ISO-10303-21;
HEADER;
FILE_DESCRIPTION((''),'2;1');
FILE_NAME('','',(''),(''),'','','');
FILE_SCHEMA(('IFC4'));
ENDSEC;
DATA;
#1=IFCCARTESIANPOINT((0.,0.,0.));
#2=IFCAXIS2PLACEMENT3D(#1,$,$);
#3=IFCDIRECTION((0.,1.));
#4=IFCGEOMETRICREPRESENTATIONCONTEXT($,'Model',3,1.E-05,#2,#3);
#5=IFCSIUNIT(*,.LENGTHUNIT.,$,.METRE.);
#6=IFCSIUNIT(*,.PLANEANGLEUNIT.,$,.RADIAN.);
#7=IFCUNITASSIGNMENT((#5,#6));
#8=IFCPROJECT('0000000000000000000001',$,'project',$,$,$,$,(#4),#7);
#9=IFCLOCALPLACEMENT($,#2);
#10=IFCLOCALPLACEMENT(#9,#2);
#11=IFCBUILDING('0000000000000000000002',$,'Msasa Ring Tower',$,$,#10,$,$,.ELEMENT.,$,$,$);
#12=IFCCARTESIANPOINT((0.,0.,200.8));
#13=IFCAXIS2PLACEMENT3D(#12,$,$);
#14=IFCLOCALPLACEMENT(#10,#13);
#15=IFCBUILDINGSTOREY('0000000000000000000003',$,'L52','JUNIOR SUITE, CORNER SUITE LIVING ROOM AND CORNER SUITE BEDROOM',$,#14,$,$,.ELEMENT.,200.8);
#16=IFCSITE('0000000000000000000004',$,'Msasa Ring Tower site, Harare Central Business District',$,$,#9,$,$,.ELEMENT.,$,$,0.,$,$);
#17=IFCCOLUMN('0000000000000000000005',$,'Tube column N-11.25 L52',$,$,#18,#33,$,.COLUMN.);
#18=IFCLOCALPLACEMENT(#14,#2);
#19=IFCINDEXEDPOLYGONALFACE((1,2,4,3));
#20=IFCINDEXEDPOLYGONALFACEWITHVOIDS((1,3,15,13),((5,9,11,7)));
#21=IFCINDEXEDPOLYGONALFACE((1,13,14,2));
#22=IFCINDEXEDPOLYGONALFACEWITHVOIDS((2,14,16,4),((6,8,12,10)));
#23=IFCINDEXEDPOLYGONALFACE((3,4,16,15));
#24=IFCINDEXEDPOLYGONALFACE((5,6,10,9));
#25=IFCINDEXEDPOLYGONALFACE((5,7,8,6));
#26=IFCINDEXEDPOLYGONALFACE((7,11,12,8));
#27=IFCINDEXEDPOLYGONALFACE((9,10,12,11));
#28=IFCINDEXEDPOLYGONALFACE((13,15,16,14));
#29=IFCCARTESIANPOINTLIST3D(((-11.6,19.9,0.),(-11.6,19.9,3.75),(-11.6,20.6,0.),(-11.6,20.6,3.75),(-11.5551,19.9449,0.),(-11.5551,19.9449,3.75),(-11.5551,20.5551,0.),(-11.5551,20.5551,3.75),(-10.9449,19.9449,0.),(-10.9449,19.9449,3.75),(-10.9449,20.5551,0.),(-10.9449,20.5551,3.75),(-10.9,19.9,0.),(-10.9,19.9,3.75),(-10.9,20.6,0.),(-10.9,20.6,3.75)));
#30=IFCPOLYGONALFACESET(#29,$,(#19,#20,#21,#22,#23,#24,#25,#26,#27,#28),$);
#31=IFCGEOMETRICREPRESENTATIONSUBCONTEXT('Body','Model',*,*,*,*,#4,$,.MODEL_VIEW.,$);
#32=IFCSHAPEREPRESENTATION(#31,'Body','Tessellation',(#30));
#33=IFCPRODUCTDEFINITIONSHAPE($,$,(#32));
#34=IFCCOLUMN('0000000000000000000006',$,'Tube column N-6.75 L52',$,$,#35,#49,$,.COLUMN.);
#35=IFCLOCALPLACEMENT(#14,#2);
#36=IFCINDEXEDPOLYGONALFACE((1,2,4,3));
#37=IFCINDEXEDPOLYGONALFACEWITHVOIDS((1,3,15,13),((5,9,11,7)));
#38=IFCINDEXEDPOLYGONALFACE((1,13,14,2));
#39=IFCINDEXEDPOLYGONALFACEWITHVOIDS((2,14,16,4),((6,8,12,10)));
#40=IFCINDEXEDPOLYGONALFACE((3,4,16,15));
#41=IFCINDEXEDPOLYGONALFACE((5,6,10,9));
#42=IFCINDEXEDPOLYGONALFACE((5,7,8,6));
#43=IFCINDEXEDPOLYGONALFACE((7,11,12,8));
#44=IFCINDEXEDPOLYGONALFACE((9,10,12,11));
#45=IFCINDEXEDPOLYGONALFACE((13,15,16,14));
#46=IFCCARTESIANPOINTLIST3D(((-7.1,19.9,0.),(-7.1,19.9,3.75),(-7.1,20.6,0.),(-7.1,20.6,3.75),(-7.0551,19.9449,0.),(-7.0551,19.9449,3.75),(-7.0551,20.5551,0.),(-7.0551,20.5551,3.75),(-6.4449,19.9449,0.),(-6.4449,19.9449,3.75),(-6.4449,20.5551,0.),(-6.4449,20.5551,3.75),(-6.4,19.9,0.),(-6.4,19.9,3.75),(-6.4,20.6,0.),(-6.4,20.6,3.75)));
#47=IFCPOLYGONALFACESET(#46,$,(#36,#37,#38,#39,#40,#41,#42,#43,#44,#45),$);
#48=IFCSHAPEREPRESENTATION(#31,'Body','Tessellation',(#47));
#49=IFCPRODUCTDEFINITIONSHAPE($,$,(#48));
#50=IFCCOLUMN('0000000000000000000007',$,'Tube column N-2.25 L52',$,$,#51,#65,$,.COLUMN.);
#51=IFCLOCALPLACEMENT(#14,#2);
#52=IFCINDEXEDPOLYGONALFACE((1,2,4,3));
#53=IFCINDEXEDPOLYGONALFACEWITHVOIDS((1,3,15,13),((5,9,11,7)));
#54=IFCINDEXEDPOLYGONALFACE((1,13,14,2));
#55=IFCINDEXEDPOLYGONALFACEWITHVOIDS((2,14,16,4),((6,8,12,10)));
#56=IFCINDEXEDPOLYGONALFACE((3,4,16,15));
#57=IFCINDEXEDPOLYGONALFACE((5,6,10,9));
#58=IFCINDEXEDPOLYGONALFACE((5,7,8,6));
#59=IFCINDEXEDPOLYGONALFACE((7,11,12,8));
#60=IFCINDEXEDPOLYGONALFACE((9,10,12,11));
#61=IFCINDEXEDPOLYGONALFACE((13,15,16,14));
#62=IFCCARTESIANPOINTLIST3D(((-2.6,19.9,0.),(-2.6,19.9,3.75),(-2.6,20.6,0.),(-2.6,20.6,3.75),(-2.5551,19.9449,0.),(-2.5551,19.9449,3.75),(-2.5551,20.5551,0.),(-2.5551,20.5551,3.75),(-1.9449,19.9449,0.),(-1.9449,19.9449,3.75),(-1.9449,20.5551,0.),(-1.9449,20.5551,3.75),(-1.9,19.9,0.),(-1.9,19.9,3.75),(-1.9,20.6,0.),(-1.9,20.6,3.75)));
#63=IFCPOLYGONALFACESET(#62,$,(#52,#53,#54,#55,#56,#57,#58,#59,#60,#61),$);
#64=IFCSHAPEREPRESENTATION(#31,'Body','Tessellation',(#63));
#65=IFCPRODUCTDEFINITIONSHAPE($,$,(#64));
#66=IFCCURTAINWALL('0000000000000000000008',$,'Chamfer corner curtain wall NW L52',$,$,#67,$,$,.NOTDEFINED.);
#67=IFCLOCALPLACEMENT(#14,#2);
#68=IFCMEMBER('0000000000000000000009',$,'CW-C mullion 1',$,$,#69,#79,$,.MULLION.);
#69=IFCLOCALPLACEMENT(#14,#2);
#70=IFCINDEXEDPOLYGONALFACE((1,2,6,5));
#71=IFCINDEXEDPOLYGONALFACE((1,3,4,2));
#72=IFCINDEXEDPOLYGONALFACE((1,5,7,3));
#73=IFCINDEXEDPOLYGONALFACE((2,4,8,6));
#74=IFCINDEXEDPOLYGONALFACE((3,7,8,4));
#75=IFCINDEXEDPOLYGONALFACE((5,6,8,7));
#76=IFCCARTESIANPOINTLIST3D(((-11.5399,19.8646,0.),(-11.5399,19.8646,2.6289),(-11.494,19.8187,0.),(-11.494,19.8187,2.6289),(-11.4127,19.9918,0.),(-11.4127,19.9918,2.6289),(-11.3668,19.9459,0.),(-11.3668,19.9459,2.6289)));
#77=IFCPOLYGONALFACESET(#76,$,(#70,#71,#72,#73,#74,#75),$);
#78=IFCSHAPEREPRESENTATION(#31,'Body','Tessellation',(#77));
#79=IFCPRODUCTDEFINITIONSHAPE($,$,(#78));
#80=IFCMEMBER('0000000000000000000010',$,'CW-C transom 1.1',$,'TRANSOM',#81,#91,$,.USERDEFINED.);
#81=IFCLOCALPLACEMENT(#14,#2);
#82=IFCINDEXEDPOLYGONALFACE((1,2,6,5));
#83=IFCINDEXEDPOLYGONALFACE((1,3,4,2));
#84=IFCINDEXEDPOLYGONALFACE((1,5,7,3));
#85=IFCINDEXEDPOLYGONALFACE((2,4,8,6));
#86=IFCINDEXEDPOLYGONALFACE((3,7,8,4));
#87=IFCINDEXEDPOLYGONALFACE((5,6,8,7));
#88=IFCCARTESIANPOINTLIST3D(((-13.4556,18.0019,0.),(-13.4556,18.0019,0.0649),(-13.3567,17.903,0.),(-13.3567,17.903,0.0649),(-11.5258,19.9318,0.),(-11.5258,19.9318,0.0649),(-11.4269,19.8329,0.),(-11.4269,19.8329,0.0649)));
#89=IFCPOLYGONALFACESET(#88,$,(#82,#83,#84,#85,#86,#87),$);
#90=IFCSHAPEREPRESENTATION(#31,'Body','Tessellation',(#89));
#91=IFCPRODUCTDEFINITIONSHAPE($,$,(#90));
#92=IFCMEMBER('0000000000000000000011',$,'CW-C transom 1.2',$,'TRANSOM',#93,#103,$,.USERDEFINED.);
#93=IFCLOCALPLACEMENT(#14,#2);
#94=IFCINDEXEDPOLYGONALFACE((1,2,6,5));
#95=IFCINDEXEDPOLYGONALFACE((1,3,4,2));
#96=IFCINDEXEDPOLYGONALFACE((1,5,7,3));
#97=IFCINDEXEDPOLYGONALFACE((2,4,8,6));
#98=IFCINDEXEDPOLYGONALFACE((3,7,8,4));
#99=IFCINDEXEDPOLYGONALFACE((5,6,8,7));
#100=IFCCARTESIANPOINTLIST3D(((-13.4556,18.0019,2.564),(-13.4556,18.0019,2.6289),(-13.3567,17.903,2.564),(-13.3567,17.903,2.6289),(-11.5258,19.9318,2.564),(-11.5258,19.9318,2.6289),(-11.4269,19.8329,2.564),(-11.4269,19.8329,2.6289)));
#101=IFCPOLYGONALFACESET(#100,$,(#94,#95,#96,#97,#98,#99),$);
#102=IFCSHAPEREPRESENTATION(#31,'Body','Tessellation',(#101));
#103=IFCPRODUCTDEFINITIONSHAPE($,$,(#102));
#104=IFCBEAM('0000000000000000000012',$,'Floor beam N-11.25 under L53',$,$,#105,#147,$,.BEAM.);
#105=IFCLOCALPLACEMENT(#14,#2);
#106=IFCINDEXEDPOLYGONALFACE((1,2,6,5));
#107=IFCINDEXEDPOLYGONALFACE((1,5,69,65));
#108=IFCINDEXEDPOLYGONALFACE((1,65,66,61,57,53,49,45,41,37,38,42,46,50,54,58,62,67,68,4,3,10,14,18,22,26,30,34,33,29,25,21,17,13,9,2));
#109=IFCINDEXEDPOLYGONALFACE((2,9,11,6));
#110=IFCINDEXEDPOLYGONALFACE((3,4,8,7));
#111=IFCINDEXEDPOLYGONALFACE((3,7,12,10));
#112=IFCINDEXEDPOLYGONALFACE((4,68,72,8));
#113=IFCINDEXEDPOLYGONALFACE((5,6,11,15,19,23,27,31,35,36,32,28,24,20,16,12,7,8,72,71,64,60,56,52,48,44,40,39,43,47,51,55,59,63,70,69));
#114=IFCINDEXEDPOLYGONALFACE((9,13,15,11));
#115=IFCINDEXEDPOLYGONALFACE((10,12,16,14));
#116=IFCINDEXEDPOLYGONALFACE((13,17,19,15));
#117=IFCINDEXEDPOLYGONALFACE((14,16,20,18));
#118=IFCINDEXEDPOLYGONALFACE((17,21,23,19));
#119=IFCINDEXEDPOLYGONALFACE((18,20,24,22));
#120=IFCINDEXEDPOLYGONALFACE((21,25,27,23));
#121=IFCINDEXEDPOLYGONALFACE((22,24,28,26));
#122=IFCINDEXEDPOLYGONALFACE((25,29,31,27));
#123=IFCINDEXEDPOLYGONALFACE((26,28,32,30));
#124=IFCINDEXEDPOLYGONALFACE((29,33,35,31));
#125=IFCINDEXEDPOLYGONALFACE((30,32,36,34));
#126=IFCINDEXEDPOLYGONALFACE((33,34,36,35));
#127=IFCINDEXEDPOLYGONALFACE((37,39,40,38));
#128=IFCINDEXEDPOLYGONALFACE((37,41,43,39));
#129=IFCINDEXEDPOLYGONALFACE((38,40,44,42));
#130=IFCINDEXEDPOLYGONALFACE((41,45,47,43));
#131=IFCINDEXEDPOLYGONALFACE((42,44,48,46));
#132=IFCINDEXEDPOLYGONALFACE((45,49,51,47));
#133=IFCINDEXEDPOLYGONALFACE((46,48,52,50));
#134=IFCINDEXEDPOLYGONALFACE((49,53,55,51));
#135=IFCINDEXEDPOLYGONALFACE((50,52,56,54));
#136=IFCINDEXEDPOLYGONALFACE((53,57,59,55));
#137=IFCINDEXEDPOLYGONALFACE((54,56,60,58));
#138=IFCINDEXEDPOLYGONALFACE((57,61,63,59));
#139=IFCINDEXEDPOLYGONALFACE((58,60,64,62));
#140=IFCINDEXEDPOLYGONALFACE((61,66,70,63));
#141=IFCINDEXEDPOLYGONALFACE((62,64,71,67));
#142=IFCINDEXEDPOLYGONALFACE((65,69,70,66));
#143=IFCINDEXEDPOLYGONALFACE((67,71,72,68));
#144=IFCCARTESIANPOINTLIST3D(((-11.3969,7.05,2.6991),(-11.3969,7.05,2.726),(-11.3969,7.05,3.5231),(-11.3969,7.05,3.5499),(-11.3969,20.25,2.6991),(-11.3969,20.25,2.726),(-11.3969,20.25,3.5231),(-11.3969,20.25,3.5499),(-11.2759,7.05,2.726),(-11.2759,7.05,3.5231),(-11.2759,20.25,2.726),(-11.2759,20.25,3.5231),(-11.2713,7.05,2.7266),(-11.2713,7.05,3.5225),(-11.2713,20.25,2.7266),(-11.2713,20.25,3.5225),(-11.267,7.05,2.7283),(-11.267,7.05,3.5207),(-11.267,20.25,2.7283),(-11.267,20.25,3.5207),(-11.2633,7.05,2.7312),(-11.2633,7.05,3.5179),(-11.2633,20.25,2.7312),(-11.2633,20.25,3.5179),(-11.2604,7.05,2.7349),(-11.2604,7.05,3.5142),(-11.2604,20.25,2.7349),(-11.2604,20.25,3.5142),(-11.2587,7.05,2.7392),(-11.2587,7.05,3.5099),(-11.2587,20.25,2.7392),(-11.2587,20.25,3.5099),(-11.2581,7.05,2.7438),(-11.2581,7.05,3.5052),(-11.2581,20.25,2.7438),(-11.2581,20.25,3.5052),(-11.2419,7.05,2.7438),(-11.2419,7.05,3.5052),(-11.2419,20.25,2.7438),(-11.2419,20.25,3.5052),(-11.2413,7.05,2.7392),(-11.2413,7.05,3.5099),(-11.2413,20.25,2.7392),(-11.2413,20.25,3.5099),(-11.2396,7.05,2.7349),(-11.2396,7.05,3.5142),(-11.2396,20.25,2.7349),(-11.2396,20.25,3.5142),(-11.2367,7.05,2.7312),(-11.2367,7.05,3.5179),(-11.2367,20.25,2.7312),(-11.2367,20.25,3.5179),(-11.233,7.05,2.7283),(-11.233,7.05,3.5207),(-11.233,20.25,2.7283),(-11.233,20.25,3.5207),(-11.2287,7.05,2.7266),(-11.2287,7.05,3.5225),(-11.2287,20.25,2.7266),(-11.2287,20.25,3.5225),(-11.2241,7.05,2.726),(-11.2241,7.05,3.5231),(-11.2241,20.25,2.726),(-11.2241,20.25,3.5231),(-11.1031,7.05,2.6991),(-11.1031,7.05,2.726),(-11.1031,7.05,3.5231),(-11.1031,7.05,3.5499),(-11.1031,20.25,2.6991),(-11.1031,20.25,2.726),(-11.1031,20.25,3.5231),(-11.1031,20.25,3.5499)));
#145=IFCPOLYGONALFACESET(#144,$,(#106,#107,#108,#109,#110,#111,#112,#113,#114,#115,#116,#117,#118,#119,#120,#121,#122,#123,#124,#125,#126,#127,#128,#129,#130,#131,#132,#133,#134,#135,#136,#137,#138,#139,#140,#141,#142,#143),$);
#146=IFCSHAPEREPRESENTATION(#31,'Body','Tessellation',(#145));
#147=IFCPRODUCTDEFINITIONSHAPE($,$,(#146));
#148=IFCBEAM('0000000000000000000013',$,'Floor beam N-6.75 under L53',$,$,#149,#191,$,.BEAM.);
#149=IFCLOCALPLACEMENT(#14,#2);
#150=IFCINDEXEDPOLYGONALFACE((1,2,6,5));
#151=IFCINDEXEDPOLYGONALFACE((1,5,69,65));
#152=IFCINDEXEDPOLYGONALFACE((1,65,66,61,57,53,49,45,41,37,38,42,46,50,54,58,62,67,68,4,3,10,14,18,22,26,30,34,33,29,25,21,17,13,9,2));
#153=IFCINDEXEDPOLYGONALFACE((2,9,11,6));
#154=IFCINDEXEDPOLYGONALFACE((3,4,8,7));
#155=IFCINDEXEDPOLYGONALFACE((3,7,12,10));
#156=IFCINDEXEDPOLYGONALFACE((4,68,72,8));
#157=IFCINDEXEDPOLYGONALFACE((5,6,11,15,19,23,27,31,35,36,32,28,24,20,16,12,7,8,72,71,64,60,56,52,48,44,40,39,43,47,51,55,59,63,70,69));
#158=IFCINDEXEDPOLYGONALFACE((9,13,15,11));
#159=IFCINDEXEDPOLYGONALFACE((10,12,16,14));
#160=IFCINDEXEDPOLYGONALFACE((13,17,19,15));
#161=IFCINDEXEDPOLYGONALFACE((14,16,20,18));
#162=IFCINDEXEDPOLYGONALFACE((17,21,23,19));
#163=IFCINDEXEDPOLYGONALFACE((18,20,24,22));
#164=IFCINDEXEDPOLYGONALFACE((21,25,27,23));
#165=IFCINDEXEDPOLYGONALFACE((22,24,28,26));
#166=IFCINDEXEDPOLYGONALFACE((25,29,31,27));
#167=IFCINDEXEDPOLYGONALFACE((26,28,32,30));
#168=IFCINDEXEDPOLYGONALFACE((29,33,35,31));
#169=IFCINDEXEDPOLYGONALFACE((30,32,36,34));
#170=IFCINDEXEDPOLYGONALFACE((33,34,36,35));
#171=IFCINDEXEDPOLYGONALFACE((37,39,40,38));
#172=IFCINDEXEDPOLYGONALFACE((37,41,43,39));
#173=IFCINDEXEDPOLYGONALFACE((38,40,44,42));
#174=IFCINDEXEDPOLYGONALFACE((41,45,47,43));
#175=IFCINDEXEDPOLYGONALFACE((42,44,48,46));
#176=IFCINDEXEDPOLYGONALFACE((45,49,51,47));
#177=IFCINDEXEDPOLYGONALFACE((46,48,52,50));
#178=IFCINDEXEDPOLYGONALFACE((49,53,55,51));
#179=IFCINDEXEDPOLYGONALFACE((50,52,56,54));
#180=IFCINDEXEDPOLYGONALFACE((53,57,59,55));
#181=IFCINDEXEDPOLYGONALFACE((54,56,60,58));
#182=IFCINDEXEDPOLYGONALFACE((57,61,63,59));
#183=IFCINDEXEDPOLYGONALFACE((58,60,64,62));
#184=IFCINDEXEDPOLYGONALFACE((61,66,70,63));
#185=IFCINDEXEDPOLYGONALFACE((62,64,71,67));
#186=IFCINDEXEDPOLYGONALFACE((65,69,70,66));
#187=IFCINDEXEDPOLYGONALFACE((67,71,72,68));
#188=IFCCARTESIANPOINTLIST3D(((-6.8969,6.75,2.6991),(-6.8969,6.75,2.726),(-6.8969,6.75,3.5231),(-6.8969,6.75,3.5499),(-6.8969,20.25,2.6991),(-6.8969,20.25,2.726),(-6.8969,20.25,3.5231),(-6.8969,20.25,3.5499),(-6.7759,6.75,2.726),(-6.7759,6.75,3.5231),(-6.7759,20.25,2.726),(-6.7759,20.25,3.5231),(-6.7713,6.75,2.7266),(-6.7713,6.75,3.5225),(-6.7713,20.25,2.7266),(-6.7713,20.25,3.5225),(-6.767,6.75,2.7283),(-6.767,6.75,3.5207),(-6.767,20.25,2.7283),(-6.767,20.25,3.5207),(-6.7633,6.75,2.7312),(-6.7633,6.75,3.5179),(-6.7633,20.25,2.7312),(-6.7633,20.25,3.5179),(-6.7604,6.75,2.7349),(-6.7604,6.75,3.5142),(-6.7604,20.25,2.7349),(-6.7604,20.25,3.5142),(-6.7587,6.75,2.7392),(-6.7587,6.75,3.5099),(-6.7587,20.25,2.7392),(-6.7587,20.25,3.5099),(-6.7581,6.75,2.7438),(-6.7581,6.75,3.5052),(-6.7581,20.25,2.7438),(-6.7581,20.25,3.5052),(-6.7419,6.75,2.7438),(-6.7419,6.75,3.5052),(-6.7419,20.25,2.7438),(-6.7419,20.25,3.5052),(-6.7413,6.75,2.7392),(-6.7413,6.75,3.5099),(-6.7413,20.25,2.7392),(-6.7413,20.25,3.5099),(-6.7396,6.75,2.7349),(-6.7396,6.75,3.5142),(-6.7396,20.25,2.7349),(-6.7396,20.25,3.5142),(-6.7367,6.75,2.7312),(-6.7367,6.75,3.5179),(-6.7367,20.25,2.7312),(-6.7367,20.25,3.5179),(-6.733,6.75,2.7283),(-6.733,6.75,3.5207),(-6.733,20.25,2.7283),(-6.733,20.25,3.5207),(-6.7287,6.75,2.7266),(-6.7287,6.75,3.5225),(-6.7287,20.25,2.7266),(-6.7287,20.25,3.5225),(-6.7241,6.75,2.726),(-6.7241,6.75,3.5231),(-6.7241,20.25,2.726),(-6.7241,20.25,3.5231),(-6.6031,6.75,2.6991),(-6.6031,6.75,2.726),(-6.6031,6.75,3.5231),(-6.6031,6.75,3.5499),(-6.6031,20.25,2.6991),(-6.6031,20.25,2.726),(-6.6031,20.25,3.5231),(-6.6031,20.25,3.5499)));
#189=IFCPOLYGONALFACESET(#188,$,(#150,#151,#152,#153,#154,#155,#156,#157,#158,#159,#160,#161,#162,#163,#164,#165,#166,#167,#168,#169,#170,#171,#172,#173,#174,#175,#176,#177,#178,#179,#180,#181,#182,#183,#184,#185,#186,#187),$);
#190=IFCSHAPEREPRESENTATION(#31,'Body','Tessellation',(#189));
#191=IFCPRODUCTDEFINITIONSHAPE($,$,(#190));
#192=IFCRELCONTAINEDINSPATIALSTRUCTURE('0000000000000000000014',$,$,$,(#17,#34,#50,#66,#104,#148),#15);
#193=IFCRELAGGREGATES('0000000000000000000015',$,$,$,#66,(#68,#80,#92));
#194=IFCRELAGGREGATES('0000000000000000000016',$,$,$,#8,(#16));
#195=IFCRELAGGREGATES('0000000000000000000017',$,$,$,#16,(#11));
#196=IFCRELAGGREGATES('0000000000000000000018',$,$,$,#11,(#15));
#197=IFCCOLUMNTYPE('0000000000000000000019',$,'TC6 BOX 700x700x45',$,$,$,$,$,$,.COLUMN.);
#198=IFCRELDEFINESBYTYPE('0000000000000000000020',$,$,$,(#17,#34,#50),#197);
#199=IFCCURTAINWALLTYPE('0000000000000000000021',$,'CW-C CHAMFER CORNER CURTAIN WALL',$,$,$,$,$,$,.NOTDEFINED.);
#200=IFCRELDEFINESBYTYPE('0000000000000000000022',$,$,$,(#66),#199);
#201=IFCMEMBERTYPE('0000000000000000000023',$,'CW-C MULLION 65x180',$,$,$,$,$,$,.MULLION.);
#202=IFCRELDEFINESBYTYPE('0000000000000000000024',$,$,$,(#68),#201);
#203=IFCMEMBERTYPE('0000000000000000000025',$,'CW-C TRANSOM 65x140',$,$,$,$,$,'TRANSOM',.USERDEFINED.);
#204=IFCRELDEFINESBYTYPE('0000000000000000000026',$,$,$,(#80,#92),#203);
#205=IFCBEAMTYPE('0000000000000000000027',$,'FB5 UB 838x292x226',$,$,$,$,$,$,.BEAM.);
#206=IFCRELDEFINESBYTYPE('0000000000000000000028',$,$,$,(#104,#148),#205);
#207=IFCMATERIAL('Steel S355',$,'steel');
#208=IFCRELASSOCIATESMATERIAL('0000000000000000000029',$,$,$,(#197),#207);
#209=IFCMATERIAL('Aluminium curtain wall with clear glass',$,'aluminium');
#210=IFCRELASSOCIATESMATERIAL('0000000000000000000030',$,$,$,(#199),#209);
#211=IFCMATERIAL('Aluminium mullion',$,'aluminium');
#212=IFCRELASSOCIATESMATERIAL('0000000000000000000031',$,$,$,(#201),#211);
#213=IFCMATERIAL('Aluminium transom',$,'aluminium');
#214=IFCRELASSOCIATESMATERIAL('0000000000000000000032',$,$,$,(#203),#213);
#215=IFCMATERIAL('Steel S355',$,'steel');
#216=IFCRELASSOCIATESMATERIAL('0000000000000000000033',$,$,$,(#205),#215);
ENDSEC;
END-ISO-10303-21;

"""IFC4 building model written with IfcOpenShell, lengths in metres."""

from ifc_helpers import new_model, si_unit, direction, frame, origin, origin_2d, place, context, subcontext, project, spatial, rectangle, hollow_rectangle, i_section, extrude, material, material_profile, profile_set, type_object, element, aggregate, save


model = new_model("IFC4")

# Units and contexts
model_context = context("Model", 3, precision=1e-05, world=origin(), true_north=direction((0.0, 1.0)))
body_context = subcontext(model_context, "Body", "Model", "MODEL_VIEW")
ifc_project = project(units=[si_unit("LENGTHUNIT", "METRE"), si_unit("PLANEANGLEUNIT", "RADIAN")], contexts=[model_context])

# Site, building, storey
site_placement = place(None, origin())
site = spatial("IfcSite", under=ifc_project, at=site_placement, Name="Msasa Ring Tower site, Harare Central Business District", CompositionType="ELEMENT", RefElevation=0.0)
building_placement = place(site_placement, origin())
building = spatial("IfcBuilding", under=site, at=building_placement, Name="Msasa Ring Tower", CompositionType="ELEMENT")
storey_placement = place(building_placement, frame((0.0, 0.0, 200.8)))
storey = spatial("IfcBuildingStorey", under=building, at=storey_placement, Name="L52", Description="JUNIOR SUITE, CORNER SUITE LIVING ROOM AND CORNER SUITE BEDROOM", CompositionType="ELEMENT", Elevation=200.8)

# Columns
ifc_material_1 = material(Name="Steel S355", Category="steel")
ifc_material_profile_1 = material_profile(ifc_material_1, hollow_rectangle(XDim=0.7, YDim=0.7, WallThickness=0.0449, at=origin_2d()), Name="BOX 700x700x45")
ifc_profile_set_1 = profile_set([ifc_material_profile_1], Name="Steel S355")
column_type = type_object("IfcColumnType", Name="TC6 BOX 700x700x45", PredefinedType="COLUMN", material=ifc_profile_set_1)
for number, where, z_axis, x_axis, name in (
    (1, (-11.25, 20.25, 0.0), (0.0, 0.0, 1.0), (0.0, 1.0, 0.0), "Tube column N-11.25 L52"),
    (2, (-6.75, 20.25, 0.0), (0.0, 0.0, 1.0), (0.0, 1.0, 0.0), "Tube column N-6.75 L52"),
    (3, (-2.25, 20.25, 0.0), (0.0, 0.0, 1.0), (0.0, 1.0, 0.0), "Tube column N-2.25 L52"),
):
    element("IfcColumn", number, at=place(storey_placement, frame(where, z_axis=z_axis, x_axis=x_axis)), inside=storey, type_object=column_type, Name=name, PredefinedType="COLUMN", context=body_context, shape_type="SweptSolid", body=[
        extrude(hollow_rectangle(XDim=0.7, YDim=0.7, WallThickness=0.0449, at=origin_2d()), origin(), (0.0, 0.0, 1.0), 3.75),
    ])

# Curtain wall, members
ifc_material_2 = material(Name="Aluminium curtain wall with clear glass", Category="aluminium")
curtain_wall_type = type_object("IfcCurtainWallType", Name="CW-C CHAMFER CORNER CURTAIN WALL", PredefinedType="NOTDEFINED", material=ifc_material_2)
curtain_wall_placement = place(storey_placement, origin())
curtain_wall = element("IfcCurtainWall", 4, at=curtain_wall_placement, inside=storey, type_object=curtain_wall_type, Name="Chamfer corner curtain wall NW L52", PredefinedType="NOTDEFINED")
ifc_material_3 = material(Name="Aluminium mullion", Category="aluminium")
ifc_material_profile_2 = material_profile(ifc_material_3, rectangle(XDim=0.0649, YDim=0.1799, at=origin_2d()), Name="AL 65x180")
ifc_profile_set_2 = profile_set([ifc_material_profile_2], Name="Aluminium mullion")
member_type_1 = type_object("IfcMemberType", Name="CW-C MULLION 65x180", PredefinedType="MULLION", material=ifc_profile_set_2)
member_1_placement = place(storey_placement, frame((-11.4534, 19.9053, 0.0), z_axis=(0.0, 0.0, 1.0), x_axis=(0.707107, -0.707107, 0.0)))
member_1 = element("IfcMember", 5, at=member_1_placement, type_object=member_type_1, Name="CW-C mullion 1", PredefinedType="MULLION", context=body_context, shape_type="SweptSolid", body=[
    extrude(rectangle(XDim=0.0649, YDim=0.1799, at=origin_2d()), origin(), (0.0, 0.0, 1.0), 2.6289),
])
ifc_material_4 = material(Name="Aluminium transom", Category="aluminium")
ifc_material_profile_3 = material_profile(ifc_material_4, rectangle(XDim=0.1399, YDim=0.0649, at=origin_2d()), Name="AL 65x140")
ifc_profile_set_3 = profile_set([ifc_material_profile_3], Name="Aluminium transom")
member_type_2 = type_object("IfcMemberType", Name="CW-C TRANSOM 65x140", ElementType="TRANSOM", PredefinedType="USERDEFINED", material=ifc_profile_set_3)
member_2_placement = place(storey_placement, frame((-11.4763, 19.8823, 0.0325), z_axis=(-0.707107, -0.707107, 0.0), x_axis=(0.707107, -0.707107, 0.0)))
member_2 = element("IfcMember", 6, at=member_2_placement, type_object=member_type_2, Name="CW-C transom 1.1", ObjectType="TRANSOM", PredefinedType="USERDEFINED", context=body_context, shape_type="SweptSolid", body=[
    extrude(rectangle(XDim=0.1399, YDim=0.0649, at=origin_2d()), origin(), (0.0, 0.0, 1.0), 2.7292),
])
member_3_placement = place(storey_placement, frame((-11.4763, 19.8823, 2.5964), z_axis=(-0.707107, -0.707107, 0.0), x_axis=(0.707107, -0.707107, 0.0)))
member_3 = element("IfcMember", 7, at=member_3_placement, type_object=member_type_2, Name="CW-C transom 1.2", ObjectType="TRANSOM", PredefinedType="USERDEFINED", context=body_context, shape_type="SweptSolid", body=[
    extrude(rectangle(XDim=0.1399, YDim=0.0649, at=origin_2d()), origin(), (0.0, 0.0, 1.0), 2.7292),
])
aggregate(curtain_wall, [member_1, member_2, member_3])

# Beams
ifc_material_5 = material(Name="Steel S355", Category="steel")
ifc_material_profile_4 = material_profile(ifc_material_5, i_section(OverallWidth=0.2937, OverallDepth=0.8508, WebThickness=0.0161, FlangeThickness=0.0269, FilletRadius=0.0178, at=origin_2d()), Name="UB 838x292x226")
ifc_profile_set_4 = profile_set([ifc_material_profile_4], Name="Steel S355")
beam_type_1 = type_object("IfcBeamType", Name="FB5 UB 838x292x226", PredefinedType="BEAM", material=ifc_profile_set_4)
beam_1_placement = place(storey_placement, frame((-11.25, 20.25, 3.1245), z_axis=(0.0, -1.0, 0.0), x_axis=(1.0, 0.0, 0.0)))
element("IfcBeam", 8, at=beam_1_placement, inside=storey, type_object=beam_type_1, Name="Floor beam N-11.25 under L53", PredefinedType="BEAM", context=body_context, shape_type="SweptSolid", body=[
    extrude(i_section(OverallWidth=0.2937, OverallDepth=0.8508, WebThickness=0.0161, FlangeThickness=0.0269, FilletRadius=0.0178, at=origin_2d()), origin(), (0.0, 0.0, 1.0), 13.2),
])
for number, where, z_axis, x_axis, name in (
    (9, (-6.75, 20.25, 3.1245), (0.0, -1.0, 0.0), (1.0, 0.0, 0.0), "Floor beam N-6.75 under L53"),
):
    element("IfcBeam", number, at=place(storey_placement, frame(where, z_axis=z_axis, x_axis=x_axis)), inside=storey, type_object=beam_type_1, Name=name, PredefinedType="BEAM", context=body_context, shape_type="SweptSolid", body=[
        extrude(i_section(OverallWidth=0.2937, OverallDepth=0.8508, WebThickness=0.0161, FlangeThickness=0.0269, FilletRadius=0.0178, at=origin_2d()), origin(), (0.0, 0.0, 1.0), 13.5),
    ])

save(model, "model.ifc")
